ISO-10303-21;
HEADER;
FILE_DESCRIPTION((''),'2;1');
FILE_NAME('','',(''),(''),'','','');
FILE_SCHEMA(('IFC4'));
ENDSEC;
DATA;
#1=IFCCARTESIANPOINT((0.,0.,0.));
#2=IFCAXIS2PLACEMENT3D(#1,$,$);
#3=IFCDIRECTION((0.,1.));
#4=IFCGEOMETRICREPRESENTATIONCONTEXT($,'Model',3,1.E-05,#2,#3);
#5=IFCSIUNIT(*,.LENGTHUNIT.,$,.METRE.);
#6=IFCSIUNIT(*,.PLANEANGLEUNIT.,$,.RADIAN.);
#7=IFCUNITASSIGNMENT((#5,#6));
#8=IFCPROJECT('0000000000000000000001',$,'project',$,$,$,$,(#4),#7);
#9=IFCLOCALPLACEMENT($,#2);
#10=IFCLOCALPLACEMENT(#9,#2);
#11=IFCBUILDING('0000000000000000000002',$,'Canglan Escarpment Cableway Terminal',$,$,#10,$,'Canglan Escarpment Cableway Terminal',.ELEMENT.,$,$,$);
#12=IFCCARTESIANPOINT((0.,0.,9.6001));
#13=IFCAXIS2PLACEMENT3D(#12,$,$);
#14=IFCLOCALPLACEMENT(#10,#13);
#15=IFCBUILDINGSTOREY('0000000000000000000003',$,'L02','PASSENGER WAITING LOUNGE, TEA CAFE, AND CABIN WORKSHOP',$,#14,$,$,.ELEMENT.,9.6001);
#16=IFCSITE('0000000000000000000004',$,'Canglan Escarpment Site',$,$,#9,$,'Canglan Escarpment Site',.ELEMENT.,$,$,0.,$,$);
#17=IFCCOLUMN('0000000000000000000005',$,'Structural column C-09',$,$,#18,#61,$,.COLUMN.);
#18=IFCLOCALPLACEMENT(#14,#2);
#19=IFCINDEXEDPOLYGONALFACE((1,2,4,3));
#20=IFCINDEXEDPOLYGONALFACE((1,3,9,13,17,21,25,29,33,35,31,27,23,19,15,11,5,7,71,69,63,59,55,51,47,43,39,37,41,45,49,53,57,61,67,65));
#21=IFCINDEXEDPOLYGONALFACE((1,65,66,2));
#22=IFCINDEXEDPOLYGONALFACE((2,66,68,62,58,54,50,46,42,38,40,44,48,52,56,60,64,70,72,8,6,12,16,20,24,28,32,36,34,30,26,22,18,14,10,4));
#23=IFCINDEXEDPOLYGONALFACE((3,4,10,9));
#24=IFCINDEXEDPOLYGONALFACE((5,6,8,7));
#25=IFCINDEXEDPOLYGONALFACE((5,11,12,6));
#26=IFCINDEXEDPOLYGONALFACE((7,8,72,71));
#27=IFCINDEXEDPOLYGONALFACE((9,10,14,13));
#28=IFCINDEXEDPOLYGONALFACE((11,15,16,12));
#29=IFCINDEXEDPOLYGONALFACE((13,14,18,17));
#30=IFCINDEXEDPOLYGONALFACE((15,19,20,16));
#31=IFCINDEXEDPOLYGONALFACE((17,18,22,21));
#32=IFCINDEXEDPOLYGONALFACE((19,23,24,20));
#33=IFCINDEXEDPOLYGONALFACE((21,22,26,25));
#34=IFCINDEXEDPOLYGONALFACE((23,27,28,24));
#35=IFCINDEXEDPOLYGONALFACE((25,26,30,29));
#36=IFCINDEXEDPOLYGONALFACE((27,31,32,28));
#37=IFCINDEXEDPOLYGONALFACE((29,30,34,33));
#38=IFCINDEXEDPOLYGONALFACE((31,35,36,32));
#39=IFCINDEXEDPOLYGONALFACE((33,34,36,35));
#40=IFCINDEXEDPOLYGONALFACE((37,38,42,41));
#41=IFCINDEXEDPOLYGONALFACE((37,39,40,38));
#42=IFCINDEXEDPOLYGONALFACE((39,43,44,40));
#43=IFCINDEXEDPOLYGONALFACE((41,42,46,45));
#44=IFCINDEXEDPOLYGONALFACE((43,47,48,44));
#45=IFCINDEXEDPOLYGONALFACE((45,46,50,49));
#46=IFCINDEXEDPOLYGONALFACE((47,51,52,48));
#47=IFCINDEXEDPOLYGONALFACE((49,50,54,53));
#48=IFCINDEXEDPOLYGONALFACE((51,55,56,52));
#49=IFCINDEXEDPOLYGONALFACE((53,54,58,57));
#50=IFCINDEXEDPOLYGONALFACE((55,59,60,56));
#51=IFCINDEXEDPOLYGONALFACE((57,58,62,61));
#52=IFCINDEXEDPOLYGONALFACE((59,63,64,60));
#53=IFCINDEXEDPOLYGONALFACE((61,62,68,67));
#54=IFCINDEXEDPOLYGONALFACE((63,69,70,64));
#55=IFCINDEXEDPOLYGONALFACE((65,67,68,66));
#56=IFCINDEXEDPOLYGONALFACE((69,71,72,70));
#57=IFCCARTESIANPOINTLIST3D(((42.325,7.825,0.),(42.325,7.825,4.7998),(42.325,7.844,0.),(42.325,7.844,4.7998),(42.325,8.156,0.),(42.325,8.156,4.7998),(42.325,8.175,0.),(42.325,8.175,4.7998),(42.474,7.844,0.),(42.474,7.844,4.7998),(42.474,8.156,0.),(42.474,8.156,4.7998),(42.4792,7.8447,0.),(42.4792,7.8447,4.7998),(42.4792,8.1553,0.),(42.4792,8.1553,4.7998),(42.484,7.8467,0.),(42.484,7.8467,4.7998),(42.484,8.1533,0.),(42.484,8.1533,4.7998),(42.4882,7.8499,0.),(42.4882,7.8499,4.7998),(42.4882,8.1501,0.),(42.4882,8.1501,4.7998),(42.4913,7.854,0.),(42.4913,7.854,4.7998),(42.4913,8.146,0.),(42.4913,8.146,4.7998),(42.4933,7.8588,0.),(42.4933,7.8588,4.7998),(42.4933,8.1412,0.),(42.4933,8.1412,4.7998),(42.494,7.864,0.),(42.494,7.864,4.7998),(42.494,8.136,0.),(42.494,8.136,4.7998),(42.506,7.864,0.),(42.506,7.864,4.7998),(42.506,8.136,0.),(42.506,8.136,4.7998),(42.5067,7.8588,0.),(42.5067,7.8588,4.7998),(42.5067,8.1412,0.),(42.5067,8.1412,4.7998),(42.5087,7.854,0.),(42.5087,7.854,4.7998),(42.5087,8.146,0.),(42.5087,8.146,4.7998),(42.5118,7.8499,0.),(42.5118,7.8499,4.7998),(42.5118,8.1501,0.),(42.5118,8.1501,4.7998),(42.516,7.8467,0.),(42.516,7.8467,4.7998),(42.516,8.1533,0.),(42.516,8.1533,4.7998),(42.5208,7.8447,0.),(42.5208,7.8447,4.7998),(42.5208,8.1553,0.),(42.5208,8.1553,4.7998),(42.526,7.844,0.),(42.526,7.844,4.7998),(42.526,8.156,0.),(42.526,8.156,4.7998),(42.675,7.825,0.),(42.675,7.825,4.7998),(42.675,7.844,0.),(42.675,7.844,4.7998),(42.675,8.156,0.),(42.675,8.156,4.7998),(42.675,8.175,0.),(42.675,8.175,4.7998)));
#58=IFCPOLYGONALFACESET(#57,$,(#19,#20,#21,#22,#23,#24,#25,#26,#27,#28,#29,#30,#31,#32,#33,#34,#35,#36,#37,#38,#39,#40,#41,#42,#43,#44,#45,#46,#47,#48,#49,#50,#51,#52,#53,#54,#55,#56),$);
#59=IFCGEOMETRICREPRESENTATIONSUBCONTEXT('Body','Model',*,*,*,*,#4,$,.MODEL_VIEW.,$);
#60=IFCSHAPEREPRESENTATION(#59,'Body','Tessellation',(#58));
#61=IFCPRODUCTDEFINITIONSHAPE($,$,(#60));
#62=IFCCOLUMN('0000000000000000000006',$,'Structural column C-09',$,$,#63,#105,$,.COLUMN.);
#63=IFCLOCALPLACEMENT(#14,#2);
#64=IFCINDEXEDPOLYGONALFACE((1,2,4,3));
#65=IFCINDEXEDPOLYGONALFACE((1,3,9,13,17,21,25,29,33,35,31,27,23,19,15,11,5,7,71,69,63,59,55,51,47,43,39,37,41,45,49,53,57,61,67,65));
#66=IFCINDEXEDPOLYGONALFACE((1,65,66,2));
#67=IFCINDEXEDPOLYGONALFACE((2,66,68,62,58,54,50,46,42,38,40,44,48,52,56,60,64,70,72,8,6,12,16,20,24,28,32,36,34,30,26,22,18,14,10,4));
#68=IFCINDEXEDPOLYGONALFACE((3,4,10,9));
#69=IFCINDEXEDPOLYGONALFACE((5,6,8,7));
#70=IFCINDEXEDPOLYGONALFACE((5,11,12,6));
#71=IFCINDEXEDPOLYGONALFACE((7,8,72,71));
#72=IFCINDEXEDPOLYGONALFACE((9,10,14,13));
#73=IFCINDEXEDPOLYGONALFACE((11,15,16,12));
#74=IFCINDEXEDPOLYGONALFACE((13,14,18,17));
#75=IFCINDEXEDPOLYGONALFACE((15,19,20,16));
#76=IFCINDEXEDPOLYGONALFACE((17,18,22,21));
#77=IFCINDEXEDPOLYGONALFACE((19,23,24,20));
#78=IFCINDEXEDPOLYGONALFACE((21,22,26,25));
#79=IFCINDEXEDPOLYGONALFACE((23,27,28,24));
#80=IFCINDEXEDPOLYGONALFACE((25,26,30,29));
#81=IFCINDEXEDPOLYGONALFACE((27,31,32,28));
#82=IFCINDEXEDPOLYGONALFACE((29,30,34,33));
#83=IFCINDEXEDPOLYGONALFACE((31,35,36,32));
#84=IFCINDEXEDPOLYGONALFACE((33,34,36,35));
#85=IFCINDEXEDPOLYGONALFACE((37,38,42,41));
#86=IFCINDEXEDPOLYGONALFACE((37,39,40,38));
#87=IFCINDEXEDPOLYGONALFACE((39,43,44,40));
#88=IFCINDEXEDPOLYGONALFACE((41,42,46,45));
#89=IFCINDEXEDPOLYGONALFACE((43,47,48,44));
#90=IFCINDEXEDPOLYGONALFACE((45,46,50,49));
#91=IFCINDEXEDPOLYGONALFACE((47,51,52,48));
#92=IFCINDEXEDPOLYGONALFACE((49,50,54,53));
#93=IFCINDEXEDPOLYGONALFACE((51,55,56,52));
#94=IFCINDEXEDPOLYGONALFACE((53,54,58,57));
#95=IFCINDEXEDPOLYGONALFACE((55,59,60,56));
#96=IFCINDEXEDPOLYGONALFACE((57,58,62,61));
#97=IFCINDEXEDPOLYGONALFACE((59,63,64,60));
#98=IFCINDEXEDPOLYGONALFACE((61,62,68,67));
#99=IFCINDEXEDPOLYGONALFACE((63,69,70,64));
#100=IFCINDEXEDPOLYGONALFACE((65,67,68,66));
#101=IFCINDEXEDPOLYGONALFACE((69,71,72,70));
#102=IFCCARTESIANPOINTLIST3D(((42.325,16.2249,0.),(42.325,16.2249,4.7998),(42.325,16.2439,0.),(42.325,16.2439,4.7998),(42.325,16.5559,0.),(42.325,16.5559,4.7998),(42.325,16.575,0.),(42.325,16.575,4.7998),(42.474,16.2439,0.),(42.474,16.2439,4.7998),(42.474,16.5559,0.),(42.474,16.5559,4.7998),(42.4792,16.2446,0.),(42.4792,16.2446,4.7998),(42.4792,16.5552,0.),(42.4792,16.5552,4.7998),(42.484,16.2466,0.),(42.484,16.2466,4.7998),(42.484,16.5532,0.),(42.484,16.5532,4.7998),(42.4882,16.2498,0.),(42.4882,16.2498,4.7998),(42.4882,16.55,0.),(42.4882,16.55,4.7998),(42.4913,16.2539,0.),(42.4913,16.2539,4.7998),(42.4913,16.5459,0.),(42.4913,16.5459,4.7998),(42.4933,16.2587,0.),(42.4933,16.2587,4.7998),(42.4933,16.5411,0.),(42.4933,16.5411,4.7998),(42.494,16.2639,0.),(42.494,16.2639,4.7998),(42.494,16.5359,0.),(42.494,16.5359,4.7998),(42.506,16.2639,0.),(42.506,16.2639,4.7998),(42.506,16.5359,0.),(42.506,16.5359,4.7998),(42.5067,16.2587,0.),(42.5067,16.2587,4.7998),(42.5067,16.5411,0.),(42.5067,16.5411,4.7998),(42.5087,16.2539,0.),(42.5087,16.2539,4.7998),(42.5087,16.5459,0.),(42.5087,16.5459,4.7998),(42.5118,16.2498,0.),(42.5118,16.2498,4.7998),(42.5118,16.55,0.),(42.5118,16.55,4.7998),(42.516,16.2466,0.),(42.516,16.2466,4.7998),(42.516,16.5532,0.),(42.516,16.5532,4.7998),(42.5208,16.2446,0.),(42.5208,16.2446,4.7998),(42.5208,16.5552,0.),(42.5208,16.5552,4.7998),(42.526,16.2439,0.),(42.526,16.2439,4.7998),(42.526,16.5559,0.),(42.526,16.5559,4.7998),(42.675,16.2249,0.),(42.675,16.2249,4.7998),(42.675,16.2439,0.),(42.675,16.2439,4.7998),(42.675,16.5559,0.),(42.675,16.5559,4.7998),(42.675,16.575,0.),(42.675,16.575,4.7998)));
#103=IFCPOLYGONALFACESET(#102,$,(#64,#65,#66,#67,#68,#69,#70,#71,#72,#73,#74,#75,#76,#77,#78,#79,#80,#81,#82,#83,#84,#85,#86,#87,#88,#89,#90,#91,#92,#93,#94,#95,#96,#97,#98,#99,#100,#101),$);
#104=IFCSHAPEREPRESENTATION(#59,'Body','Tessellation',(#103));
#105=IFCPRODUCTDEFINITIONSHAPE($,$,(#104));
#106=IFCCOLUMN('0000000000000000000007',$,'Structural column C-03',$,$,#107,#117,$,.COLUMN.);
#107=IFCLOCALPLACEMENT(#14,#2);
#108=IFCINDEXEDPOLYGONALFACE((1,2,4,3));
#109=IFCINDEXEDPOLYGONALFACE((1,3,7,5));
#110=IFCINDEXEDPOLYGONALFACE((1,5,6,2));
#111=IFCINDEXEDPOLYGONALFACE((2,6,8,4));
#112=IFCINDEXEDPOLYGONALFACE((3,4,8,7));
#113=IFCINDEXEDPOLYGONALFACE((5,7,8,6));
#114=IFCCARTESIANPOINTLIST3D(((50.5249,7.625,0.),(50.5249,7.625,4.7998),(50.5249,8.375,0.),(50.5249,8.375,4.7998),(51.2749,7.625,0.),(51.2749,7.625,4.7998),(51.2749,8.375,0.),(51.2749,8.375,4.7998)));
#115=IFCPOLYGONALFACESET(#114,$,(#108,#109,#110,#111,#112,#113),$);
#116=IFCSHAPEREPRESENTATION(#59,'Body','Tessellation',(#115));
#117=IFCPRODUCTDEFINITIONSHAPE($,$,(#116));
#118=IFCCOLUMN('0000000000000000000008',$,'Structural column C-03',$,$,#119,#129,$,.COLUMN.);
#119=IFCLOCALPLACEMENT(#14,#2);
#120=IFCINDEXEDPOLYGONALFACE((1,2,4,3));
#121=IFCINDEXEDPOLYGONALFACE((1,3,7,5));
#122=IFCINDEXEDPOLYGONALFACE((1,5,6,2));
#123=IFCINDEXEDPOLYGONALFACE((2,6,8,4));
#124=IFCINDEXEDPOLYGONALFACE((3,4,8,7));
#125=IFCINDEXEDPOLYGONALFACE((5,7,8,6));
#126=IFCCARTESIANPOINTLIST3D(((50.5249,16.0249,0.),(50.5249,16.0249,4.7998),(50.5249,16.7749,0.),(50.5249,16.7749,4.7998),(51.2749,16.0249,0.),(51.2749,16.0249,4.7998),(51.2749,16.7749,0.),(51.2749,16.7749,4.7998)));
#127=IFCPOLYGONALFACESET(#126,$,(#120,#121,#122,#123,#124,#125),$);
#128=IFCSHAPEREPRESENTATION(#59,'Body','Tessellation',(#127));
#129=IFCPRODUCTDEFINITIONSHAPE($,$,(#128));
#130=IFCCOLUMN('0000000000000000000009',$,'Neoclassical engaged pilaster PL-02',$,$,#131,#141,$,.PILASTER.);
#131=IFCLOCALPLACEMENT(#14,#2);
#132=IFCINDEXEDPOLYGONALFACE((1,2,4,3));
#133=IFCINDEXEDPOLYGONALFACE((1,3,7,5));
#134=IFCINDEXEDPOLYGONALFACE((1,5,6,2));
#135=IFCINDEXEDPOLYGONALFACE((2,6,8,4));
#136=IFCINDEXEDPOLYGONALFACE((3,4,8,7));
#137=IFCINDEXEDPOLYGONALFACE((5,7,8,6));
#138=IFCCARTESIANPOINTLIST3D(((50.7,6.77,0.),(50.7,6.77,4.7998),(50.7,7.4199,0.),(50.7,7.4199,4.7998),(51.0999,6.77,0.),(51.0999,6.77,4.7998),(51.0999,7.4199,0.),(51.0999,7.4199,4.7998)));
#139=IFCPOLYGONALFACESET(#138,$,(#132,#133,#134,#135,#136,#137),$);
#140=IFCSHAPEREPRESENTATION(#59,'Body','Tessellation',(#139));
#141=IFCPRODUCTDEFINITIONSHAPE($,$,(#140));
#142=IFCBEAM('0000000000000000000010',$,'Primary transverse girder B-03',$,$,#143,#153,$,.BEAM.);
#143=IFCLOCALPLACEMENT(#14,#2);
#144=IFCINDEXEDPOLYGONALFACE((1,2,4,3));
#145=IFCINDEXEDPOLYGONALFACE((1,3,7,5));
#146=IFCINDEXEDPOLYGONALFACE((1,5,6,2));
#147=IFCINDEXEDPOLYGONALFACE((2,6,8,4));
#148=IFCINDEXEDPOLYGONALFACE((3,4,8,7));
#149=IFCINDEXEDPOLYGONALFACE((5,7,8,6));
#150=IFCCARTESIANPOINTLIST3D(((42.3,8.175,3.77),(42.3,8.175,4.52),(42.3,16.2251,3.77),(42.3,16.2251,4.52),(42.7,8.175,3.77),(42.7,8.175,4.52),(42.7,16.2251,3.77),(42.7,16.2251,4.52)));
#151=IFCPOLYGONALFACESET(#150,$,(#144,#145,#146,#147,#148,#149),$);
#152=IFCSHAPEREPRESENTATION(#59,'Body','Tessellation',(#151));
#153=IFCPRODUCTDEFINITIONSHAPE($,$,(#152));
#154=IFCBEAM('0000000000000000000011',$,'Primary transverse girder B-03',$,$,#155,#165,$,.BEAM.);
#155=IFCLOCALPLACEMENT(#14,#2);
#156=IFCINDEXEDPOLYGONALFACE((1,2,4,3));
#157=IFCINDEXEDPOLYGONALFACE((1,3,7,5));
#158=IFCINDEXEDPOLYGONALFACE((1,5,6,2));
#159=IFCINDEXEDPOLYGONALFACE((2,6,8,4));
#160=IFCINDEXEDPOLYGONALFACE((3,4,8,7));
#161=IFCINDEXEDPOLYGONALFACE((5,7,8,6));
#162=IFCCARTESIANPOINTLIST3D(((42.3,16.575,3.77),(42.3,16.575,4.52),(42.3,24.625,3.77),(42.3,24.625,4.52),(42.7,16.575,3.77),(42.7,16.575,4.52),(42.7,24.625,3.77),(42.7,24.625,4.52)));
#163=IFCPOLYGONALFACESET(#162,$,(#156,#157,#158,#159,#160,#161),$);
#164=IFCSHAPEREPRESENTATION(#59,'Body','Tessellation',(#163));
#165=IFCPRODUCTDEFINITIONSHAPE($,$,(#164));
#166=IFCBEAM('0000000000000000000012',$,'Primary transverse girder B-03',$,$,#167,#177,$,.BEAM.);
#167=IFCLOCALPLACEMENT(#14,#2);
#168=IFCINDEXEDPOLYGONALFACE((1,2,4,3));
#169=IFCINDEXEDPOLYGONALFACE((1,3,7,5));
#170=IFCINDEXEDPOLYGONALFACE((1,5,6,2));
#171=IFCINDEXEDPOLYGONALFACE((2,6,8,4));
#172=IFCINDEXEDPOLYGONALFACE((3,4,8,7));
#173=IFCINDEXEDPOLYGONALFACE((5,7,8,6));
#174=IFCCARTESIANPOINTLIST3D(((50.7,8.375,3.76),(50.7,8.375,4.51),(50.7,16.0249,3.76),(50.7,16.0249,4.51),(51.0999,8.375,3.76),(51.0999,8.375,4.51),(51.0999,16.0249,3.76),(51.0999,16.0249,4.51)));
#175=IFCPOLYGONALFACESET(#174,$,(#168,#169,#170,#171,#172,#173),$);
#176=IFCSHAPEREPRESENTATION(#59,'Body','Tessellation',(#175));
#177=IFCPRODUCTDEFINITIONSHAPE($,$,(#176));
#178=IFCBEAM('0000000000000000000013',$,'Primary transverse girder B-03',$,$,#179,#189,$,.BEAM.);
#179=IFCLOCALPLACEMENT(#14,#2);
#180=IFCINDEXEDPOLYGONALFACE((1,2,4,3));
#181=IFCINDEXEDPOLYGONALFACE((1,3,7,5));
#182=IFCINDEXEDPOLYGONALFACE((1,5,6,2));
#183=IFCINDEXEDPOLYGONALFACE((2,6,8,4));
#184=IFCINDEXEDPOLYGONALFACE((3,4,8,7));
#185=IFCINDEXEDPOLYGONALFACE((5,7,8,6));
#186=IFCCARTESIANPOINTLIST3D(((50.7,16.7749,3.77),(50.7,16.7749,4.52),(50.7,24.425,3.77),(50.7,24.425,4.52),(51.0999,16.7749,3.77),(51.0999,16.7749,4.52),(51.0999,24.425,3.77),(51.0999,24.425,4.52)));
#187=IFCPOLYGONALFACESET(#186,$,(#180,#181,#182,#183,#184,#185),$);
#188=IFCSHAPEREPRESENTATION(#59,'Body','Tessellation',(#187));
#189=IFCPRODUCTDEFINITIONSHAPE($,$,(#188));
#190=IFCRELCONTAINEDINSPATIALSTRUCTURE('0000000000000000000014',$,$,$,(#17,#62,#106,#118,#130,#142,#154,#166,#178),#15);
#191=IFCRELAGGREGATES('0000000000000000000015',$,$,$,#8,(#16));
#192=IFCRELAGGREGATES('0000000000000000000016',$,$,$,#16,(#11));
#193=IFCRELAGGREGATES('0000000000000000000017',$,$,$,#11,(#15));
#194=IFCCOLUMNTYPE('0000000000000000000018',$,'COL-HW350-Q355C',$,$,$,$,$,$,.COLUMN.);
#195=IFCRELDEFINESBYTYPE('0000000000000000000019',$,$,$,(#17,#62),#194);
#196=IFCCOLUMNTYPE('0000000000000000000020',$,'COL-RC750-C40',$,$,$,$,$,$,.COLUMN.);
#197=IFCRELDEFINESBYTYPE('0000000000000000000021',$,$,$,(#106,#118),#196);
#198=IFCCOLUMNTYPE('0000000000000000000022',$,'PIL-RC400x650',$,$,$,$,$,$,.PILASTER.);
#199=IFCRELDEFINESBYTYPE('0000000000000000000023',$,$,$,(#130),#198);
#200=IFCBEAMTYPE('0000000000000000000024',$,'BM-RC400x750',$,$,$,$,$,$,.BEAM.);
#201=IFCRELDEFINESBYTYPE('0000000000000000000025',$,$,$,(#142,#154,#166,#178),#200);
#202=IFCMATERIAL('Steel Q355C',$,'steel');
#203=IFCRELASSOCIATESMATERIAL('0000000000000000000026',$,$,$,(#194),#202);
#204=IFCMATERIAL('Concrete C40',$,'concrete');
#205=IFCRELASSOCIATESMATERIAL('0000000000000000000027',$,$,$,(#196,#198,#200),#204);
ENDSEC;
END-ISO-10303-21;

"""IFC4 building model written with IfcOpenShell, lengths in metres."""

from ifc_helpers import new_model, si_unit, direction, frame, origin, origin_2d, place, context, subcontext, project, spatial, rectangle, i_section, extrude, material, material_profile, profile_set, type_object, element, save


model = new_model("IFC4")

# Units and contexts
model_context = context("Model", 3, precision=1e-05, world=origin(), true_north=direction((0.0, 1.0)))
body_context = subcontext(model_context, "Body", "Model", "MODEL_VIEW")
ifc_project = project(units=[si_unit("LENGTHUNIT", "METRE"), si_unit("PLANEANGLEUNIT", "RADIAN")], contexts=[model_context])

# Site, building, storey
site_placement = place(None, origin())
site = spatial("IfcSite", under=ifc_project, at=site_placement, Name="Canglan Escarpment Site", LongName="Canglan Escarpment Site", CompositionType="ELEMENT", RefElevation=0.0)
building_placement = place(site_placement, origin())
building = spatial("IfcBuilding", under=site, at=building_placement, Name="Canglan Escarpment Cableway Terminal", LongName="Canglan Escarpment Cableway Terminal", CompositionType="ELEMENT")
storey_placement = place(building_placement, frame((0.0, 0.0, 9.6001)))
storey = spatial("IfcBuildingStorey", under=building, at=storey_placement, Name="L02", Description="PASSENGER WAITING LOUNGE, TEA CAFE, AND CABIN WORKSHOP", CompositionType="ELEMENT", Elevation=9.6001)

# Columns
ifc_material_1 = material(Name="Steel Q355C", Category="steel")
ifc_material_profile_1 = material_profile(ifc_material_1, i_section(OverallWidth=0.3501, OverallDepth=0.3501, WebThickness=0.012, FlangeThickness=0.019, FilletRadius=0.02, at=origin_2d()), Name="HW 350x350x12x19")
ifc_profile_set_1 = profile_set([ifc_material_profile_1], Name="Steel Q355C")
column_type_1 = type_object("IfcColumnType", Name="COL-HW350-Q355C", PredefinedType="COLUMN", material=ifc_profile_set_1)
for number, where, z_axis, x_axis, name in (
    (1, (42.5, 8.0, 0.0), (0.0, 0.0, 1.0), (1.0, 0.0, 0.0), "Structural column C-09"),
    (2, (42.5, 16.3999, 0.0), (0.0, 0.0, 1.0), (1.0, 0.0, 0.0), "Structural column C-09"),
):
    element("IfcColumn", number, at=place(storey_placement, frame(where, z_axis=z_axis, x_axis=x_axis)), inside=storey, type_object=column_type_1, Name=name, PredefinedType="COLUMN", context=body_context, shape_type="SweptSolid", body=[
        extrude(i_section(OverallWidth=0.3501, OverallDepth=0.3501, WebThickness=0.012, FlangeThickness=0.019, FilletRadius=0.02, at=origin_2d()), origin(), (0.0, 0.0, 1.0), 4.7998),
    ])
ifc_material_2 = material(Name="Concrete C40", Category="concrete")
ifc_material_profile_2 = material_profile(ifc_material_2, rectangle(XDim=0.75, YDim=0.75, at=origin_2d()), Name="RC 750x750")
ifc_profile_set_2 = profile_set([ifc_material_profile_2], Name="Concrete C40")
column_type_2 = type_object("IfcColumnType", Name="COL-RC750-C40", PredefinedType="COLUMN", material=ifc_profile_set_2)
for number, where, z_axis, x_axis, name in (
    (3, (50.8999, 8.0, 0.0), (0.0, 0.0, 1.0), (1.0, 0.0, 0.0), "Structural column C-03"),
    (4, (50.8999, 16.3999, 0.0), (0.0, 0.0, 1.0), (1.0, 0.0, 0.0), "Structural column C-03"),
):
    element("IfcColumn", number, at=place(storey_placement, frame(where, z_axis=z_axis, x_axis=x_axis)), inside=storey, type_object=column_type_2, Name=name, PredefinedType="COLUMN", context=body_context, shape_type="SweptSolid", body=[
        extrude(rectangle(XDim=0.75, YDim=0.75, at=origin_2d()), origin(), (0.0, 0.0, 1.0), 4.7998),
    ])
ifc_material_profile_3 = material_profile(ifc_material_2, rectangle(XDim=0.3999, YDim=0.6499, at=origin_2d()), Name="RC-PIL 400x650")
ifc_profile_set_3 = profile_set([ifc_material_profile_3], Name="Concrete C40")
column_type_3 = type_object("IfcColumnType", Name="PIL-RC400x650", PredefinedType="PILASTER", material=ifc_profile_set_3)
column_placement = place(storey_placement, frame((50.8999, 7.095, 0.0), z_axis=(0.0, 0.0, 1.0), x_axis=(1.0, 0.0, 0.0)))
element("IfcColumn", 5, at=column_placement, inside=storey, type_object=column_type_3, Name="Neoclassical engaged pilaster PL-02", PredefinedType="PILASTER", context=body_context, shape_type="SweptSolid", body=[
    extrude(rectangle(XDim=0.3999, YDim=0.6499, at=origin_2d()), origin(), (0.0, 0.0, 1.0), 4.7998),
])

# Beams
ifc_material_profile_4 = material_profile(ifc_material_2, rectangle(XDim=0.3999, YDim=0.75, at=origin_2d()), Name="RC 400x750")
ifc_profile_set_4 = profile_set([ifc_material_profile_4], Name="Concrete C40")
beam_type_1 = type_object("IfcBeamType", Name="BM-RC400x750", PredefinedType="BEAM", material=ifc_profile_set_4)
for number, where, z_axis, x_axis, name in (
    (6, (42.5, 8.175, 4.145), (0.0, 1.0, 0.0), (-1.0, 0.0, 0.0), "Primary transverse girder B-03"),
    (7, (42.5, 16.575, 4.145), (0.0, 1.0, 0.0), (-1.0, 0.0, 0.0), "Primary transverse girder B-03"),
):
    element("IfcBeam", number, at=place(storey_placement, frame(where, z_axis=z_axis, x_axis=x_axis)), inside=storey, type_object=beam_type_1, Name=name, PredefinedType="BEAM", context=body_context, shape_type="SweptSolid", body=[
        extrude(rectangle(XDim=0.3999, YDim=0.75, at=origin_2d()), origin(), (0.0, 0.0, 1.0), 8.05),
    ])
beam_1_placement = place(storey_placement, frame((50.8999, 8.375, 4.135), z_axis=(0.0, 1.0, 0.0), x_axis=(-1.0, 0.0, 0.0)))
element("IfcBeam", 8, at=beam_1_placement, inside=storey, type_object=beam_type_1, Name="Primary transverse girder B-03", PredefinedType="BEAM", context=body_context, shape_type="SweptSolid", body=[
    extrude(rectangle(XDim=0.3999, YDim=0.75, at=origin_2d()), origin(), (0.0, 0.0, 1.0), 7.6499),
])
beam_2_placement = place(storey_placement, frame((50.8999, 16.7749, 4.145), z_axis=(0.0, 1.0, 0.0), x_axis=(-1.0, 0.0, 0.0)))
element("IfcBeam", 9, at=beam_2_placement, inside=storey, type_object=beam_type_1, Name="Primary transverse girder B-03", PredefinedType="BEAM", context=body_context, shape_type="SweptSolid", body=[
    extrude(rectangle(XDim=0.3999, YDim=0.75, at=origin_2d()), origin(), (0.0, 0.0, 1.0), 7.6501),
])

save(model, "model.ifc")
